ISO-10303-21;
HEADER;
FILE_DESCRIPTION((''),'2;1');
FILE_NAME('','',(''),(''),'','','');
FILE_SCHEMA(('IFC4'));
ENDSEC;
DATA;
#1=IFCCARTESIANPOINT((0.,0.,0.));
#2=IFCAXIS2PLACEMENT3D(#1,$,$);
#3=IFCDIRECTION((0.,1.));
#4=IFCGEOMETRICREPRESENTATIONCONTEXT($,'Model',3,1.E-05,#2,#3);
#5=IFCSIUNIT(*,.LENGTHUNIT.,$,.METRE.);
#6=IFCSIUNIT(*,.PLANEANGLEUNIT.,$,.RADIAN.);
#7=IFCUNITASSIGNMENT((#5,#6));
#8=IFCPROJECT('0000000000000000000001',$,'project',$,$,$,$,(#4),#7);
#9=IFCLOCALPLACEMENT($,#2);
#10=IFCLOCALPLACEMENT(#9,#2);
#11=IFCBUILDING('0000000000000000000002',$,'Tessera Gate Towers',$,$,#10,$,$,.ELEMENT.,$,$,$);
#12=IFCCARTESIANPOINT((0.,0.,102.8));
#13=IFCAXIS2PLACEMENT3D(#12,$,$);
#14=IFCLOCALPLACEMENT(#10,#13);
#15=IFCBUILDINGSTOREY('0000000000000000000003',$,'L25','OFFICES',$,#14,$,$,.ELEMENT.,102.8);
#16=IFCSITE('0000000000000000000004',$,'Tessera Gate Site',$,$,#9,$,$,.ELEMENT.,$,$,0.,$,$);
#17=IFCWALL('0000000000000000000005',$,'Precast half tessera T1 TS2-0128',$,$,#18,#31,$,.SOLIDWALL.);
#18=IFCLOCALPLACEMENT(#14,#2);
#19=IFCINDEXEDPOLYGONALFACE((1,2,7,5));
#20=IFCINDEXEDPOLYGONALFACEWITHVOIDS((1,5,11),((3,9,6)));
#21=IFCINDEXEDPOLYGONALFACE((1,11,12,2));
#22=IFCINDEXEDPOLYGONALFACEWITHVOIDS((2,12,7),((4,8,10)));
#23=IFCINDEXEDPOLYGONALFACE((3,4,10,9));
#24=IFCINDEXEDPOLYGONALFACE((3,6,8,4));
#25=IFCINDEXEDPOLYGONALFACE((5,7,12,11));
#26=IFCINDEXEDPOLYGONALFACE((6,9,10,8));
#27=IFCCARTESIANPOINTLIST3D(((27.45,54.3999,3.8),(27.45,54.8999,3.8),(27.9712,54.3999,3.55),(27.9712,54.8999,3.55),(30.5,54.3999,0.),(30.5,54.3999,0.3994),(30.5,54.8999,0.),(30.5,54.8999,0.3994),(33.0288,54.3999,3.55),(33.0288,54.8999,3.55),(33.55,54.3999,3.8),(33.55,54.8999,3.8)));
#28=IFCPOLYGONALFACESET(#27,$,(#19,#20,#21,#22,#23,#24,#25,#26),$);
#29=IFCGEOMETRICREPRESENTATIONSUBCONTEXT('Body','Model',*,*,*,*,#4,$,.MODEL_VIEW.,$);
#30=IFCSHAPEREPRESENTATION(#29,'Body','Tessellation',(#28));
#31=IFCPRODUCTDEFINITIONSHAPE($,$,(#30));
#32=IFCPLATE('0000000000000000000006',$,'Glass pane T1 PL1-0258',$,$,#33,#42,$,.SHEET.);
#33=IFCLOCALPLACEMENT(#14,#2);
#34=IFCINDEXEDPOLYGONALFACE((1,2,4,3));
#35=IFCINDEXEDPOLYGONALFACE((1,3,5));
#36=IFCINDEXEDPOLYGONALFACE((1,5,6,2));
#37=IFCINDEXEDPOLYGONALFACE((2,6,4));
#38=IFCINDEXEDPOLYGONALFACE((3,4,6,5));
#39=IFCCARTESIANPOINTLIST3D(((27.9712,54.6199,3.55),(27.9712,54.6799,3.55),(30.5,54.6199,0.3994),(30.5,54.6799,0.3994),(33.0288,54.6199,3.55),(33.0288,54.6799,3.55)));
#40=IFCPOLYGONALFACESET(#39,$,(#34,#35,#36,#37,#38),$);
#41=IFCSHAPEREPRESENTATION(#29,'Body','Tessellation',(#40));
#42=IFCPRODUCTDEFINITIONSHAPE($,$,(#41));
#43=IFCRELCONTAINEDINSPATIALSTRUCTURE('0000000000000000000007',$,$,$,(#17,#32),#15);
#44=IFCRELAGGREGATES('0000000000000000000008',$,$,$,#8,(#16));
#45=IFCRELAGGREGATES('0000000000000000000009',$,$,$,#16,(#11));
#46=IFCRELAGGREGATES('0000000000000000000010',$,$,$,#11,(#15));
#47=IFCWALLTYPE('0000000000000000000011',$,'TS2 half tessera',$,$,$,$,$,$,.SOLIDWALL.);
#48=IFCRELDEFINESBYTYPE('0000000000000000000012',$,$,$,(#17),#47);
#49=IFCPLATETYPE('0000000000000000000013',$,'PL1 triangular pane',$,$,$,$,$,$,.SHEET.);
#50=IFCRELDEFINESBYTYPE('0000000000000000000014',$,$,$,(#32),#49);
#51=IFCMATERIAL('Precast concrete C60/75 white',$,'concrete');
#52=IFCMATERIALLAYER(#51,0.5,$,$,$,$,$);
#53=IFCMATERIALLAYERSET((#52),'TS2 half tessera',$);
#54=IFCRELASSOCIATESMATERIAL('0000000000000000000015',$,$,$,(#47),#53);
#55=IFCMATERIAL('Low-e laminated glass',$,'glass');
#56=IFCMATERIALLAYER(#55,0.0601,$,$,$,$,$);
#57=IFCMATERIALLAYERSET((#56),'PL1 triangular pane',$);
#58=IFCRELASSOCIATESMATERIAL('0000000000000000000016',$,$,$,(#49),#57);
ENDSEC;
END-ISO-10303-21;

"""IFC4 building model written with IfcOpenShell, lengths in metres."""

from ifc_helpers import new_model, si_unit, direction, frame, origin, place, context, subcontext, project, spatial, polyline, outline, extrude, source, transform, mapped, material, layer, layer_set, type_object, element, fill, save


model = new_model("IFC4")

# Units and contexts
model_context = context("Model", 3, precision=1e-05, world=origin(), true_north=direction((0.0, 1.0)))
body_context = subcontext(model_context, "Body", "Model", "MODEL_VIEW")
ifc_project = project(units=[si_unit("LENGTHUNIT", "METRE"), si_unit("PLANEANGLEUNIT", "RADIAN")], contexts=[model_context])

# Site, building, storey
site_placement = place(None, origin())
site = spatial("IfcSite", under=ifc_project, at=site_placement, Name="Tessera Gate Site", CompositionType="ELEMENT", RefElevation=0.0)
building_placement = place(site_placement, origin())
building = spatial("IfcBuilding", under=site, at=building_placement, Name="Tessera Gate Towers", CompositionType="ELEMENT")
storey_placement = place(building_placement, frame((0.0, 0.0, 102.8)))
storey = spatial("IfcBuildingStorey", under=building, at=storey_placement, Name="L25", Description="OFFICES", CompositionType="ELEMENT", Elevation=102.8)

# Wall, opening, plate
ifc_material_1 = material(Name="Precast concrete C60/75 white", Category="concrete")
ifc_layer_1 = layer(ifc_material_1, 0.5)
ifc_layer_set_1 = layer_set([ifc_layer_1], Name="TS2 half tessera")
wall_type_1 = type_object("IfcWallType", Name="TS2 half tessera", PredefinedType="SOLIDWALL", material=ifc_layer_set_1)
shared_shape_1 = source(origin(), body_context, "Body", "SweptSolid", [
    extrude(outline(polyline([(3.05, 0.0), (6.1001, 3.8), (0.0, 3.8), (3.05, 0.0)])), frame((0.0, 0.25, 0.0), z_axis=(0.0, -1.0, 0.0), x_axis=(1.0, 0.0, 0.0)), (0.0, 0.0, 1.0), 0.5),
])
wall_1_placement = place(storey_placement, frame((33.55, 54.6499, 0.0), z_axis=(0.0, 0.0, 1.0), x_axis=(-1.0, 0.0, 0.0)))
wall_1 = element("IfcWall", 1, at=wall_1_placement, inside=storey, type_object=wall_type_1, Name="Precast half tessera T1 TS2-0128", PredefinedType="SOLIDWALL", context=body_context, shape_type="MappedRepresentation", body=[
    mapped(shared_shape_1, transform((0.0, 0.0, 0.0), scale=1.0)),
])
shared_shape_2 = source(origin(), body_context, "Body", "SweptSolid", [
    extrude(outline(polyline([(3.05, 0.3994), (5.5789, 3.55), (0.5212, 3.55), (3.05, 0.3994)])), frame((0.0, 0.26, 0.0), z_axis=(0.0, -1.0, 0.0), x_axis=(1.0, 0.0, 0.0)), (0.0, 0.0, 1.0), 0.52),
])
opening_1_placement = place(wall_1_placement, origin())
opening_1 = element("IfcOpeningElement", 2, at=opening_1_placement, cuts=wall_1, PredefinedType="OPENING", context=body_context, shape_type="MappedRepresentation", body=[
    mapped(shared_shape_2, transform((0.0, 0.0, 0.0), scale=1.0)),
])
ifc_material_2 = material(Name="Low-e laminated glass", Category="glass")
ifc_layer_2 = layer(ifc_material_2, 0.0601)
ifc_layer_set_2 = layer_set([ifc_layer_2], Name="PL1 triangular pane")
plate_type_1 = type_object("IfcPlateType", Name="PL1 triangular pane", PredefinedType="SHEET", material=ifc_layer_set_2)
shared_shape_3 = source(origin(), body_context, "Body", "SweptSolid", [
    extrude(outline(polyline([(3.05, 0.3994), (5.5789, 3.55), (0.5212, 3.55), (3.05, 0.3994)])), frame((0.0, 0.03, 0.0), z_axis=(0.0, -1.0, 0.0), x_axis=(1.0, 0.0, 0.0)), (0.0, 0.0, 1.0), 0.0601),
])
plate_1_placement = place(opening_1_placement, origin())
plate_1 = element("IfcPlate", 3, at=plate_1_placement, inside=storey, type_object=plate_type_1, Name="Glass pane T1 PL1-0258", PredefinedType="SHEET", context=body_context, shape_type="MappedRepresentation", body=[
    mapped(shared_shape_3, transform((0.0, 0.0, 0.0), scale=1.0)),
])
fill(opening_1, plate_1)

save(model, "model.ifc")
